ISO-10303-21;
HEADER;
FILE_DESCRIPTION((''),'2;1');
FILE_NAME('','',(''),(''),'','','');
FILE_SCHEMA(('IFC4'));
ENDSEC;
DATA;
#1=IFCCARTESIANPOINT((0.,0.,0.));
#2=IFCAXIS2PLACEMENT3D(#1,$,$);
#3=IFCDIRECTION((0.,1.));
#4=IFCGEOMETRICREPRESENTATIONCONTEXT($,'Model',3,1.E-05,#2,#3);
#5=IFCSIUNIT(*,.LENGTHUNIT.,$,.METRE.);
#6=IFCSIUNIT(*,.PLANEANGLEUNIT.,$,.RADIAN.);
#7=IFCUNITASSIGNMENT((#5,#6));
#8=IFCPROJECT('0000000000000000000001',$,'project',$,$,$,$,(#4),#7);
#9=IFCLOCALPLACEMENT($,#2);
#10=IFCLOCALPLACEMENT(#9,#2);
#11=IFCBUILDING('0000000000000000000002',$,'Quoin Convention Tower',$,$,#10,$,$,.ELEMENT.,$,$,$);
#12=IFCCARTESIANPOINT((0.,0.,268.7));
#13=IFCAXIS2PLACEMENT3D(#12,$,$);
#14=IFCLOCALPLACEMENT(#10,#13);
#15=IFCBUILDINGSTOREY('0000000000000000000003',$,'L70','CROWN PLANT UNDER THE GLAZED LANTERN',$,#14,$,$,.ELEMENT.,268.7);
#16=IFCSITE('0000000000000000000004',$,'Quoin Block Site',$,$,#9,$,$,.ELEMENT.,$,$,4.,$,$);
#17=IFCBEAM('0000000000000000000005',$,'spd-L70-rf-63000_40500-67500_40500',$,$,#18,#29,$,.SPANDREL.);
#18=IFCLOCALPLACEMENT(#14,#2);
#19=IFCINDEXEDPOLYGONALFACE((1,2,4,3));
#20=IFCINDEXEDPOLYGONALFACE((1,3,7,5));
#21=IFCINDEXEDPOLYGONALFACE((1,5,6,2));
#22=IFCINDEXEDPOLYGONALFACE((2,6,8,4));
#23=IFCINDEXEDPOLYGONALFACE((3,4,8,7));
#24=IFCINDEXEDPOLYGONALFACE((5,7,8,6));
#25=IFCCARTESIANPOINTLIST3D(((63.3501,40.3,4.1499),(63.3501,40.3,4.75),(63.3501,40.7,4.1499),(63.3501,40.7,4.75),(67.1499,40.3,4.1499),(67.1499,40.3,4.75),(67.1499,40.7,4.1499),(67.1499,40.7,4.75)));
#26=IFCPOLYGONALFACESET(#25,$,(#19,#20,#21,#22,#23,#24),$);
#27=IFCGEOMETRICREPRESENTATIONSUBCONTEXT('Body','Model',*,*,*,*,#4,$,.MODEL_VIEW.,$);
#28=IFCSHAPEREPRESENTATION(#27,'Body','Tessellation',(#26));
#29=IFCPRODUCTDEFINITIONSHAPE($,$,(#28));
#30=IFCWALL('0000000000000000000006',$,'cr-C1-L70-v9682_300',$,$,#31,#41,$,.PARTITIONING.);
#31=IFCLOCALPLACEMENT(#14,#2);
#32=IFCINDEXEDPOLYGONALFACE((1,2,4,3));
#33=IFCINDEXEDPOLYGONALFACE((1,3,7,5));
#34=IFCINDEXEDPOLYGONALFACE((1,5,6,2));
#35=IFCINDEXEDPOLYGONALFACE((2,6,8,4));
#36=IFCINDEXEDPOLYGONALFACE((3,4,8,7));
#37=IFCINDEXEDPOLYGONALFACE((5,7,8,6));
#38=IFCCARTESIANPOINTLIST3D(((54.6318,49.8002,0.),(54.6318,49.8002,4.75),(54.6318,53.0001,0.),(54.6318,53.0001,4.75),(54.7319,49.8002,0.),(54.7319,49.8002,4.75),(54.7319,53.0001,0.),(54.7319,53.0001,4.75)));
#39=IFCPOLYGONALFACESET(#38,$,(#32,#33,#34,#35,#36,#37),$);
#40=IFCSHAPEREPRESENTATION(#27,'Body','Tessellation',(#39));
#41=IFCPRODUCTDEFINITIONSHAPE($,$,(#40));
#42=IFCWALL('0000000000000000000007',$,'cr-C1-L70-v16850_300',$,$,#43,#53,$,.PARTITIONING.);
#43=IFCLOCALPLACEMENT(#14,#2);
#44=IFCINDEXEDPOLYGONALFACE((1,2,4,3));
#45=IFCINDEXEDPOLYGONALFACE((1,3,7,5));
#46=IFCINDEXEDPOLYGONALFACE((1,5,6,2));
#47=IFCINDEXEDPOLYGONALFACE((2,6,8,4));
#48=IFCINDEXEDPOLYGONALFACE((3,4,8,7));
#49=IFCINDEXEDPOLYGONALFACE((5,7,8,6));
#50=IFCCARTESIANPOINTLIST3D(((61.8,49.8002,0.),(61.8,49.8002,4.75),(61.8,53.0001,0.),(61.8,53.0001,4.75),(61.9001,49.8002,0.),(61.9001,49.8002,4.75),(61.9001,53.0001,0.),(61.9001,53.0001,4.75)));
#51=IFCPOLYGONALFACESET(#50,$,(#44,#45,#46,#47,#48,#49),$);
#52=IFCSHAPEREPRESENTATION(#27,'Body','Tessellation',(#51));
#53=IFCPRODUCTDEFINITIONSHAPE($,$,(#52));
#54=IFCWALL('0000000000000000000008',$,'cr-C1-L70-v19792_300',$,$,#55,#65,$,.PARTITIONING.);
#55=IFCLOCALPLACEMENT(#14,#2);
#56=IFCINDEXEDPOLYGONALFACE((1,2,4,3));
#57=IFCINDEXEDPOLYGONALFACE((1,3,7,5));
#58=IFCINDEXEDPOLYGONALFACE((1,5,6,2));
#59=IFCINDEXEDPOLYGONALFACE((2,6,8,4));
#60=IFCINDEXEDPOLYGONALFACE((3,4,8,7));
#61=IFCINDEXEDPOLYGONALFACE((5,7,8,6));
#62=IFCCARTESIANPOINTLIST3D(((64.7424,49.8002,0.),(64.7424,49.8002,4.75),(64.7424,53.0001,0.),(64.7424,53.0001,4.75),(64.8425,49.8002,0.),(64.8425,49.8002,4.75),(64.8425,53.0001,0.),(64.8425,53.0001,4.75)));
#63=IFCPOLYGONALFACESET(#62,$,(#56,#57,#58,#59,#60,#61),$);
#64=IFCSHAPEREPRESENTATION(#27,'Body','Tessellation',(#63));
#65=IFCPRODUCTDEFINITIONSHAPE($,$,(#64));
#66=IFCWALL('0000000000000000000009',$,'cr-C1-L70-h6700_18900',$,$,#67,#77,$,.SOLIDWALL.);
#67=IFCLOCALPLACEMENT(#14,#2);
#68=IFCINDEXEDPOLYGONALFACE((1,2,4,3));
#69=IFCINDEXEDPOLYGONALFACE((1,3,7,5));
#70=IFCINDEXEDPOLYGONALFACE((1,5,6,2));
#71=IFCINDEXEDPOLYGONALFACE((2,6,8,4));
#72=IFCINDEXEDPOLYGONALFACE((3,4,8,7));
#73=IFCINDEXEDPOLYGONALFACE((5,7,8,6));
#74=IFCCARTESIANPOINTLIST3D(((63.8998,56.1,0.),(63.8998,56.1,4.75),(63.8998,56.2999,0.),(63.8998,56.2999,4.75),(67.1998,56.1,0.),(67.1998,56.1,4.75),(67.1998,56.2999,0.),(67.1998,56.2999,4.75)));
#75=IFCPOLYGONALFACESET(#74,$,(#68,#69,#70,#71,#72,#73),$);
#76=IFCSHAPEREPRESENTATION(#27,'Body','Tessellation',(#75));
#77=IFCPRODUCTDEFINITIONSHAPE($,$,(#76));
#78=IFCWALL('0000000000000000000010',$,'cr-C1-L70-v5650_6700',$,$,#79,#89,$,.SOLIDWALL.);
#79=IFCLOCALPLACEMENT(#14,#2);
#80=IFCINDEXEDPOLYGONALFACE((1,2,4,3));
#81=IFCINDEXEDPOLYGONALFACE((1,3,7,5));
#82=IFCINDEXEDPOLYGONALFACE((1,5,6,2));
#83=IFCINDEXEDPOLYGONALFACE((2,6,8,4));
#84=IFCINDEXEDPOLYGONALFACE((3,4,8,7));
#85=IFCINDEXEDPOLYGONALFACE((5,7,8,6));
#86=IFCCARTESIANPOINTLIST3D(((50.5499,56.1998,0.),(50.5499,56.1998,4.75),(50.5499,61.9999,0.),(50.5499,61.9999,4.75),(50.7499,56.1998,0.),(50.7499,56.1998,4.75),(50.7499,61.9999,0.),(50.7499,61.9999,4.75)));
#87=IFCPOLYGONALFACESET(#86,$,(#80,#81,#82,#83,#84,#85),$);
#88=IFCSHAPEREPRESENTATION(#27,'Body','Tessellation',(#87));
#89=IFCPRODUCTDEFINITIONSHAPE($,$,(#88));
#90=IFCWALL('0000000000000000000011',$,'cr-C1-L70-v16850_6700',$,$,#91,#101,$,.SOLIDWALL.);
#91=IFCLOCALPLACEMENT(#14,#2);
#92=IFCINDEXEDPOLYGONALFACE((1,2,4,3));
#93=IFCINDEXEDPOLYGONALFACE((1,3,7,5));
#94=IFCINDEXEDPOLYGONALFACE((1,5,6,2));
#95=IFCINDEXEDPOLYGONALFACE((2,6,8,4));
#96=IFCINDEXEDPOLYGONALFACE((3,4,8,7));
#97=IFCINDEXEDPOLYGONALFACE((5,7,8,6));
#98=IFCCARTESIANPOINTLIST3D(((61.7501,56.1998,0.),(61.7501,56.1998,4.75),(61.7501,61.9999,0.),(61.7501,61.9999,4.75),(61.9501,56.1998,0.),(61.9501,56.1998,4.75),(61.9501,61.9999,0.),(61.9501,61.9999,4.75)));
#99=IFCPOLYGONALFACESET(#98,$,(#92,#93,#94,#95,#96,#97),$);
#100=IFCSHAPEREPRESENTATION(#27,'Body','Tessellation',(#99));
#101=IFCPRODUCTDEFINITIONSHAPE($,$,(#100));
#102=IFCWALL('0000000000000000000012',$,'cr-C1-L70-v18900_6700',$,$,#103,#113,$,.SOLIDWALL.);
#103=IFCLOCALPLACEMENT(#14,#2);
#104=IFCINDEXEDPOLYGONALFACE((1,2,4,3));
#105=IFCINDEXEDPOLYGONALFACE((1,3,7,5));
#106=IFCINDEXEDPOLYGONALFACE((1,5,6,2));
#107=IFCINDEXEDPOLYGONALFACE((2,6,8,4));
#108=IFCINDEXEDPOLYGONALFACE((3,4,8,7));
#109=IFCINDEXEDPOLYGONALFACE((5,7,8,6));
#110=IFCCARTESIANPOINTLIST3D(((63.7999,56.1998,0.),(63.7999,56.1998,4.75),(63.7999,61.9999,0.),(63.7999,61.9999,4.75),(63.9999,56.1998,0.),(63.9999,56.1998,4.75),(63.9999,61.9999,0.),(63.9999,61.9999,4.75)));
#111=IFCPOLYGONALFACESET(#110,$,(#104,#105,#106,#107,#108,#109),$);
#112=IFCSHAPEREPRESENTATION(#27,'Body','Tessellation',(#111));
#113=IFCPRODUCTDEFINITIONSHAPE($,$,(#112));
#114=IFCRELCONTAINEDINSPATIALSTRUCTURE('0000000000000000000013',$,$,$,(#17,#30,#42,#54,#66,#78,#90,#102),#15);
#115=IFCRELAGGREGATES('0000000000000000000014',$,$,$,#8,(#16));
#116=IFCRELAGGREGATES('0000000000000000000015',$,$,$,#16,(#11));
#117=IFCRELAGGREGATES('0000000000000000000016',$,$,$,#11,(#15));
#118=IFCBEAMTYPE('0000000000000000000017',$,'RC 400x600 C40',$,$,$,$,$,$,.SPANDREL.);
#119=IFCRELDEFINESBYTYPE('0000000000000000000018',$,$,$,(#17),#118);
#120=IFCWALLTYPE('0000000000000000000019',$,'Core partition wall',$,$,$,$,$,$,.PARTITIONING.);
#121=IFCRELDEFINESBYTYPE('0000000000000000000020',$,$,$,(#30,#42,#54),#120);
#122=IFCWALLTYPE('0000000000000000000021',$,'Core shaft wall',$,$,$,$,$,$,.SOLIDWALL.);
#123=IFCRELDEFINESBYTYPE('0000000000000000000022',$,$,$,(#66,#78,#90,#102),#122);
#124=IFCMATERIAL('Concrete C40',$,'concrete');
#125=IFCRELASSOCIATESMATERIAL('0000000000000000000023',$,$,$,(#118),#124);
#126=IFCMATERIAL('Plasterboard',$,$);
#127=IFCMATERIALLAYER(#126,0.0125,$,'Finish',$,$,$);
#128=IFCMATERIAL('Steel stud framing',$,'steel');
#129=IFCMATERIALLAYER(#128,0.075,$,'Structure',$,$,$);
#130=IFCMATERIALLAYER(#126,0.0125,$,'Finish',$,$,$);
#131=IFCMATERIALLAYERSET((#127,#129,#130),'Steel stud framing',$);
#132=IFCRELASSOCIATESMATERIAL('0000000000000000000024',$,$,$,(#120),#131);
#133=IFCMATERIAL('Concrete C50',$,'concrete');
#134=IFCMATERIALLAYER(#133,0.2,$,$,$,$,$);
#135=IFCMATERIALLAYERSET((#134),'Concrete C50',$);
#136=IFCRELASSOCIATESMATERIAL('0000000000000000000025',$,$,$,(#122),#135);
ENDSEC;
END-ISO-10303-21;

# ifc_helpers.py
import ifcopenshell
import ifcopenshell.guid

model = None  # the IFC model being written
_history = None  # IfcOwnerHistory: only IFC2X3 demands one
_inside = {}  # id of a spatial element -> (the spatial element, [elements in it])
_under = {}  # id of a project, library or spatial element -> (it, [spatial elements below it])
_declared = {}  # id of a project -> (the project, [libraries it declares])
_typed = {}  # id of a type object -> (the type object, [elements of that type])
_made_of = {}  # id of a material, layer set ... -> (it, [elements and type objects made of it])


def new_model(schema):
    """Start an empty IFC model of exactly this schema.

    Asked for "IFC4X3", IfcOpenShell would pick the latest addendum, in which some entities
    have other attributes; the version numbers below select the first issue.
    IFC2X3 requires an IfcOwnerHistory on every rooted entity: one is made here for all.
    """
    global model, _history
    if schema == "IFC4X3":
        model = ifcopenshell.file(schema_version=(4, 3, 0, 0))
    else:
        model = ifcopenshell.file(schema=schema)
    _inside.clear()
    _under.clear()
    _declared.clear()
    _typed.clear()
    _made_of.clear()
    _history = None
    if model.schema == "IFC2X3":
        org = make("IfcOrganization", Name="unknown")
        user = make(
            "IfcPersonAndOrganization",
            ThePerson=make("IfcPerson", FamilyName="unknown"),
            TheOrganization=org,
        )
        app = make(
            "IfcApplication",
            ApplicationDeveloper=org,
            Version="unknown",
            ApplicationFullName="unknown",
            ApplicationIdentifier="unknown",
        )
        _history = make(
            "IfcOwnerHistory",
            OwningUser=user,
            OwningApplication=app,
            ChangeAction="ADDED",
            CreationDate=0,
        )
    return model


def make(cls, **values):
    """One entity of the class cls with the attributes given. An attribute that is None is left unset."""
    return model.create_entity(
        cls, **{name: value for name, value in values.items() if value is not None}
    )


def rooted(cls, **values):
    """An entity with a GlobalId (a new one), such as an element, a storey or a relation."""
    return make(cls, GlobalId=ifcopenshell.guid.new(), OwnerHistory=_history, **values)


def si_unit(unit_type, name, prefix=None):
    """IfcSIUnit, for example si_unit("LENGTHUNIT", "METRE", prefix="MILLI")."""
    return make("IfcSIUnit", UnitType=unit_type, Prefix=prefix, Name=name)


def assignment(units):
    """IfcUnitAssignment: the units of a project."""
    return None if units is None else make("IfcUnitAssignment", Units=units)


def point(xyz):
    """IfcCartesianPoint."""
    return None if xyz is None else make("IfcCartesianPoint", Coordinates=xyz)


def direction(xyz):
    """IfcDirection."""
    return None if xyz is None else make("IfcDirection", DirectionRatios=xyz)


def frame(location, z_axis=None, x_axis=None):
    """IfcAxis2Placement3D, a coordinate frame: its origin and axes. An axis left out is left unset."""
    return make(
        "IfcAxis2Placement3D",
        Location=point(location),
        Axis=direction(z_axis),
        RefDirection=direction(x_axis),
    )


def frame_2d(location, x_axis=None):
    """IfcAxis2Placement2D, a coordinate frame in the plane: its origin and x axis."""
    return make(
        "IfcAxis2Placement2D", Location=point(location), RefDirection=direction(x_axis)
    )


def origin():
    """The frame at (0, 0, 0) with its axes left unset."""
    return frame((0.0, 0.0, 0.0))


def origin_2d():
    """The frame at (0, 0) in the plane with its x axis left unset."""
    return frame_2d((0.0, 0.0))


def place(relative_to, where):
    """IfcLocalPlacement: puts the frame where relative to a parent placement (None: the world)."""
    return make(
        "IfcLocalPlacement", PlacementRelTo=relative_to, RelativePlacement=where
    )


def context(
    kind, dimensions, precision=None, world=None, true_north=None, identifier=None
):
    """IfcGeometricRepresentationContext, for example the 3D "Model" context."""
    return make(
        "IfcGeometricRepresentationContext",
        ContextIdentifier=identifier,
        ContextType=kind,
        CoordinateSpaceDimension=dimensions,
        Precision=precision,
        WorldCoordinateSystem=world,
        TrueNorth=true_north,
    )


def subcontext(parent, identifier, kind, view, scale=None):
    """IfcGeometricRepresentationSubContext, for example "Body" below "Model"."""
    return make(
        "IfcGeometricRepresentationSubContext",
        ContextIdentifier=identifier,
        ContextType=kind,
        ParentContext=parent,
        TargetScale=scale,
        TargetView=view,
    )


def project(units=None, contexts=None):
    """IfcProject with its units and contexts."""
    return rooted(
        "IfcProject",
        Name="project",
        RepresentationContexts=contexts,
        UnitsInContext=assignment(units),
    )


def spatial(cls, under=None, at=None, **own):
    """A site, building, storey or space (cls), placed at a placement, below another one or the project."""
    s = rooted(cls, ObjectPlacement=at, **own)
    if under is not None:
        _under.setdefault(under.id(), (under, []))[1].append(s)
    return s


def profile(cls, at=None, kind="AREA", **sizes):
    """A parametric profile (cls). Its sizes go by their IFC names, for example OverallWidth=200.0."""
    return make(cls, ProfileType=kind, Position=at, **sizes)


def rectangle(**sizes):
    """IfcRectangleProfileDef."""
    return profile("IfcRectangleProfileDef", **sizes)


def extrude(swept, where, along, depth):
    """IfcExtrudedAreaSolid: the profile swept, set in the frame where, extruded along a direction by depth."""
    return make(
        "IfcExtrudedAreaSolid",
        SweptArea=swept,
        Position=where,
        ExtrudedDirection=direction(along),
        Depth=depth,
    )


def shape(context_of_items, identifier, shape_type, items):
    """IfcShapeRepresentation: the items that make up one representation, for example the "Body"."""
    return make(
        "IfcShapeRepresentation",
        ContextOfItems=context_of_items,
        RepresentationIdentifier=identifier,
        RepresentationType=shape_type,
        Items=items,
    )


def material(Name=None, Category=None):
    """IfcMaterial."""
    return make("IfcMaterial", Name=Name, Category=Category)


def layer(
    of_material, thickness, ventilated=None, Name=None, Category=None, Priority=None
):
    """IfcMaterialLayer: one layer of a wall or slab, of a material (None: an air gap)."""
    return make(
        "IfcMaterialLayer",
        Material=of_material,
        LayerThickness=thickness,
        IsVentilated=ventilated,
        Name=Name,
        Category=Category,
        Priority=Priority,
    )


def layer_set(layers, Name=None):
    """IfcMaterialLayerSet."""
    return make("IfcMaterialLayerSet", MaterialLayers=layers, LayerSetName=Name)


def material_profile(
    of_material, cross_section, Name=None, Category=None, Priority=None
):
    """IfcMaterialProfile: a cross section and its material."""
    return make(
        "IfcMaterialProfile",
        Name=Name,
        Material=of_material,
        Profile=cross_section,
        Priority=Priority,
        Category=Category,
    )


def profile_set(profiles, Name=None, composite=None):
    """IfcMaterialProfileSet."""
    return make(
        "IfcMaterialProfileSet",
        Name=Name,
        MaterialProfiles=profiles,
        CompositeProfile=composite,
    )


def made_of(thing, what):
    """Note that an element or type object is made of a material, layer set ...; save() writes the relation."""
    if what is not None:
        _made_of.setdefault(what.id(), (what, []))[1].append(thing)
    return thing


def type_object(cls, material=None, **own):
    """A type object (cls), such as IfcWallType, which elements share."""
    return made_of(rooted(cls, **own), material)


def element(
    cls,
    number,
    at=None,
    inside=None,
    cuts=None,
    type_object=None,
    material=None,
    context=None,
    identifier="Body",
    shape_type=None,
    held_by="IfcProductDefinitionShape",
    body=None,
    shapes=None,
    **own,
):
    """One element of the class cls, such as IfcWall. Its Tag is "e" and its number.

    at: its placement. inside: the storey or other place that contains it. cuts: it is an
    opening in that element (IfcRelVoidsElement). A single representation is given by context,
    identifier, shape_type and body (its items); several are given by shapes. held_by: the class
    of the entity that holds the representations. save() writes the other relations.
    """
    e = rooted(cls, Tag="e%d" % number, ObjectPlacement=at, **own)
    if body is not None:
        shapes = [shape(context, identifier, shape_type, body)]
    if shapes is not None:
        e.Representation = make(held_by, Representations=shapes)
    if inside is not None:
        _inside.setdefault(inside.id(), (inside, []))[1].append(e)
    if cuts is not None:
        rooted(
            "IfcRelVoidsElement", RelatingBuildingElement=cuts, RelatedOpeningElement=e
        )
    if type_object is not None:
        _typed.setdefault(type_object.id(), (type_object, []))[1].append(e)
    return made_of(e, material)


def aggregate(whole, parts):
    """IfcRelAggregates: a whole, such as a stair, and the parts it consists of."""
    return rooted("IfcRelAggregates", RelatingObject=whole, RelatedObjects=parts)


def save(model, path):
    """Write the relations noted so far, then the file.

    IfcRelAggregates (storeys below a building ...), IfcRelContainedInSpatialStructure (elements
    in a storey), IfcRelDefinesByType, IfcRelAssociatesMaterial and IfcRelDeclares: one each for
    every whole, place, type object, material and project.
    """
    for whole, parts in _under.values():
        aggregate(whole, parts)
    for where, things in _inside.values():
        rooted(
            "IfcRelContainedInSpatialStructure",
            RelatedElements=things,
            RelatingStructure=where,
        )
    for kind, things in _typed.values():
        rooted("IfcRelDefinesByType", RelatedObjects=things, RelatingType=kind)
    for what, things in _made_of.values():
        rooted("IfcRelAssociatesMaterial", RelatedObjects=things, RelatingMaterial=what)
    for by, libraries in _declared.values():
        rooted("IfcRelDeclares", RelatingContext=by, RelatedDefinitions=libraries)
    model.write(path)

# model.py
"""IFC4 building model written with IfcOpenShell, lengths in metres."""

from ifc_helpers import new_model, si_unit, direction, frame, frame_2d, origin, origin_2d, place, context, subcontext, project, spatial, rectangle, extrude, material, layer, layer_set, material_profile, profile_set, type_object, element, save


model = new_model("IFC4")

# Units and contexts
model_context = context("Model", 3, precision=1e-05, world=origin(), true_north=direction((0.0, 1.0)))
body_context = subcontext(model_context, "Body", "Model", "MODEL_VIEW")
ifc_project = project(units=[si_unit("LENGTHUNIT", "METRE"), si_unit("PLANEANGLEUNIT", "RADIAN")], contexts=[model_context])

# Site, building, storey
site_placement = place(None, origin())
site = spatial("IfcSite", under=ifc_project, at=site_placement, Name="Quoin Block Site", CompositionType="ELEMENT", RefElevation=4.0)
building_placement = place(site_placement, origin())
building = spatial("IfcBuilding", under=site, at=building_placement, Name="Quoin Convention Tower", CompositionType="ELEMENT")
storey_placement = place(building_placement, frame((0.0, 0.0, 268.7)))
storey = spatial("IfcBuildingStorey", under=building, at=storey_placement, Name="L70", Description="CROWN PLANT UNDER THE GLAZED LANTERN", CompositionType="ELEMENT", Elevation=268.7)

# Shared definitions
ifc_material_1 = material(Name="Concrete C40", Category="concrete")

# Beam
ifc_material_profile_1 = material_profile(ifc_material_1, rectangle(XDim=0.3999, YDim=0.6001, at=origin_2d()), Name="RC 400x600")
ifc_profile_set_1 = profile_set([ifc_material_profile_1], Name="Concrete C40")
beam_type_1 = type_object("IfcBeamType", Name="RC 400x600 C40", PredefinedType="SPANDREL", material=ifc_profile_set_1)
for number, where, z_axis, x_axis, name in (
    (1, (63.3501, 40.5, 4.45), (1.0, 0.0, 0.0), (0.0, 1.0, 0.0), "spd-L70-rf-63000_40500-67500_40500"),
):
    element("IfcBeam", number, at=place(storey_placement, frame(where, z_axis=z_axis, x_axis=x_axis)), inside=storey, type_object=beam_type_1, Name=name, PredefinedType="SPANDREL", context=body_context, shape_type="SweptSolid", body=[
        extrude(rectangle(XDim=0.3999, YDim=0.6001, at=origin_2d()), origin(), (0.0, 0.0, 1.0), 3.7998),
    ])

# Walls
ifc_material_2 = material(Name="Plasterboard")
ifc_layer_1 = layer(ifc_material_2, 0.0125, Name="Finish")
ifc_material_3 = material(Name="Steel stud framing", Category="steel")
ifc_layer_2 = layer(ifc_material_3, 0.075, Name="Structure")
ifc_layer_3 = layer(ifc_material_2, 0.0125, Name="Finish")
ifc_layer_set_1 = layer_set([ifc_layer_1, ifc_layer_2, ifc_layer_3], Name="Steel stud framing")
wall_type_1 = type_object("IfcWallType", Name="Core partition wall", PredefinedType="PARTITIONING", material=ifc_layer_set_1)
for number, where, z_axis, x_axis, name in (
    (2, (54.6819, 49.8, 0.0), (0.0, 0.0, 1.0), (0.0, 1.0, 0.0), "cr-C1-L70-v9682_300"),
    (3, (61.8501, 49.8, 0.0), (0.0, 0.0, 1.0), (0.0, 1.0, 0.0), "cr-C1-L70-v16850_300"),
    (4, (64.7925, 49.8, 0.0), (0.0, 0.0, 1.0), (0.0, 1.0, 0.0), "cr-C1-L70-v19792_300"),
):
    element("IfcWall", number, at=place(storey_placement, frame(where, z_axis=z_axis, x_axis=x_axis)), inside=storey, type_object=wall_type_1, Name=name, PredefinedType="PARTITIONING", context=body_context, shape_type="SweptSolid", body=[
        extrude(rectangle(XDim=3.2, YDim=0.1001, at=frame_2d((1.6001, 0.0))), origin(), (0.0, 0.0, 1.0), 4.75),
    ])
ifc_material_4 = material(Name="Concrete C50", Category="concrete")
ifc_layer_4 = layer(ifc_material_4, 0.2)
ifc_layer_set_2 = layer_set([ifc_layer_4], Name="Concrete C50")
wall_type_2 = type_object("IfcWallType", Name="Core shaft wall", PredefinedType="SOLIDWALL", material=ifc_layer_set_2)
wall_1_placement = place(storey_placement, frame((63.8999, 56.2, 0.0), z_axis=(0.0, 0.0, 1.0), x_axis=(1.0, 0.0, 0.0)))
element("IfcWall", 5, at=wall_1_placement, inside=storey, type_object=wall_type_2, Name="cr-C1-L70-h6700_18900", PredefinedType="SOLIDWALL", context=body_context, shape_type="SweptSolid", body=[
    extrude(rectangle(XDim=3.3, YDim=0.2, at=frame_2d((1.6499, 0.0))), origin(), (0.0, 0.0, 1.0), 4.75),
])
for number, where, z_axis, x_axis, name in (
    (6, (50.6499, 56.2, 0.0), (0.0, 0.0, 1.0), (0.0, 1.0, 0.0), "cr-C1-L70-v5650_6700"),
    (7, (61.8501, 56.2, 0.0), (0.0, 0.0, 1.0), (0.0, 1.0, 0.0), "cr-C1-L70-v16850_6700"),
    (8, (63.8999, 56.2, 0.0), (0.0, 0.0, 1.0), (0.0, 1.0, 0.0), "cr-C1-L70-v18900_6700"),
):
    element("IfcWall", number, at=place(storey_placement, frame(where, z_axis=z_axis, x_axis=x_axis)), inside=storey, type_object=wall_type_2, Name=name, PredefinedType="SOLIDWALL", context=body_context, shape_type="SweptSolid", body=[
        extrude(rectangle(XDim=5.8, YDim=0.2, at=frame_2d((2.8999, 0.0))), origin(), (0.0, 0.0, 1.0), 4.75),
    ])

save(model, "model.ifc")
